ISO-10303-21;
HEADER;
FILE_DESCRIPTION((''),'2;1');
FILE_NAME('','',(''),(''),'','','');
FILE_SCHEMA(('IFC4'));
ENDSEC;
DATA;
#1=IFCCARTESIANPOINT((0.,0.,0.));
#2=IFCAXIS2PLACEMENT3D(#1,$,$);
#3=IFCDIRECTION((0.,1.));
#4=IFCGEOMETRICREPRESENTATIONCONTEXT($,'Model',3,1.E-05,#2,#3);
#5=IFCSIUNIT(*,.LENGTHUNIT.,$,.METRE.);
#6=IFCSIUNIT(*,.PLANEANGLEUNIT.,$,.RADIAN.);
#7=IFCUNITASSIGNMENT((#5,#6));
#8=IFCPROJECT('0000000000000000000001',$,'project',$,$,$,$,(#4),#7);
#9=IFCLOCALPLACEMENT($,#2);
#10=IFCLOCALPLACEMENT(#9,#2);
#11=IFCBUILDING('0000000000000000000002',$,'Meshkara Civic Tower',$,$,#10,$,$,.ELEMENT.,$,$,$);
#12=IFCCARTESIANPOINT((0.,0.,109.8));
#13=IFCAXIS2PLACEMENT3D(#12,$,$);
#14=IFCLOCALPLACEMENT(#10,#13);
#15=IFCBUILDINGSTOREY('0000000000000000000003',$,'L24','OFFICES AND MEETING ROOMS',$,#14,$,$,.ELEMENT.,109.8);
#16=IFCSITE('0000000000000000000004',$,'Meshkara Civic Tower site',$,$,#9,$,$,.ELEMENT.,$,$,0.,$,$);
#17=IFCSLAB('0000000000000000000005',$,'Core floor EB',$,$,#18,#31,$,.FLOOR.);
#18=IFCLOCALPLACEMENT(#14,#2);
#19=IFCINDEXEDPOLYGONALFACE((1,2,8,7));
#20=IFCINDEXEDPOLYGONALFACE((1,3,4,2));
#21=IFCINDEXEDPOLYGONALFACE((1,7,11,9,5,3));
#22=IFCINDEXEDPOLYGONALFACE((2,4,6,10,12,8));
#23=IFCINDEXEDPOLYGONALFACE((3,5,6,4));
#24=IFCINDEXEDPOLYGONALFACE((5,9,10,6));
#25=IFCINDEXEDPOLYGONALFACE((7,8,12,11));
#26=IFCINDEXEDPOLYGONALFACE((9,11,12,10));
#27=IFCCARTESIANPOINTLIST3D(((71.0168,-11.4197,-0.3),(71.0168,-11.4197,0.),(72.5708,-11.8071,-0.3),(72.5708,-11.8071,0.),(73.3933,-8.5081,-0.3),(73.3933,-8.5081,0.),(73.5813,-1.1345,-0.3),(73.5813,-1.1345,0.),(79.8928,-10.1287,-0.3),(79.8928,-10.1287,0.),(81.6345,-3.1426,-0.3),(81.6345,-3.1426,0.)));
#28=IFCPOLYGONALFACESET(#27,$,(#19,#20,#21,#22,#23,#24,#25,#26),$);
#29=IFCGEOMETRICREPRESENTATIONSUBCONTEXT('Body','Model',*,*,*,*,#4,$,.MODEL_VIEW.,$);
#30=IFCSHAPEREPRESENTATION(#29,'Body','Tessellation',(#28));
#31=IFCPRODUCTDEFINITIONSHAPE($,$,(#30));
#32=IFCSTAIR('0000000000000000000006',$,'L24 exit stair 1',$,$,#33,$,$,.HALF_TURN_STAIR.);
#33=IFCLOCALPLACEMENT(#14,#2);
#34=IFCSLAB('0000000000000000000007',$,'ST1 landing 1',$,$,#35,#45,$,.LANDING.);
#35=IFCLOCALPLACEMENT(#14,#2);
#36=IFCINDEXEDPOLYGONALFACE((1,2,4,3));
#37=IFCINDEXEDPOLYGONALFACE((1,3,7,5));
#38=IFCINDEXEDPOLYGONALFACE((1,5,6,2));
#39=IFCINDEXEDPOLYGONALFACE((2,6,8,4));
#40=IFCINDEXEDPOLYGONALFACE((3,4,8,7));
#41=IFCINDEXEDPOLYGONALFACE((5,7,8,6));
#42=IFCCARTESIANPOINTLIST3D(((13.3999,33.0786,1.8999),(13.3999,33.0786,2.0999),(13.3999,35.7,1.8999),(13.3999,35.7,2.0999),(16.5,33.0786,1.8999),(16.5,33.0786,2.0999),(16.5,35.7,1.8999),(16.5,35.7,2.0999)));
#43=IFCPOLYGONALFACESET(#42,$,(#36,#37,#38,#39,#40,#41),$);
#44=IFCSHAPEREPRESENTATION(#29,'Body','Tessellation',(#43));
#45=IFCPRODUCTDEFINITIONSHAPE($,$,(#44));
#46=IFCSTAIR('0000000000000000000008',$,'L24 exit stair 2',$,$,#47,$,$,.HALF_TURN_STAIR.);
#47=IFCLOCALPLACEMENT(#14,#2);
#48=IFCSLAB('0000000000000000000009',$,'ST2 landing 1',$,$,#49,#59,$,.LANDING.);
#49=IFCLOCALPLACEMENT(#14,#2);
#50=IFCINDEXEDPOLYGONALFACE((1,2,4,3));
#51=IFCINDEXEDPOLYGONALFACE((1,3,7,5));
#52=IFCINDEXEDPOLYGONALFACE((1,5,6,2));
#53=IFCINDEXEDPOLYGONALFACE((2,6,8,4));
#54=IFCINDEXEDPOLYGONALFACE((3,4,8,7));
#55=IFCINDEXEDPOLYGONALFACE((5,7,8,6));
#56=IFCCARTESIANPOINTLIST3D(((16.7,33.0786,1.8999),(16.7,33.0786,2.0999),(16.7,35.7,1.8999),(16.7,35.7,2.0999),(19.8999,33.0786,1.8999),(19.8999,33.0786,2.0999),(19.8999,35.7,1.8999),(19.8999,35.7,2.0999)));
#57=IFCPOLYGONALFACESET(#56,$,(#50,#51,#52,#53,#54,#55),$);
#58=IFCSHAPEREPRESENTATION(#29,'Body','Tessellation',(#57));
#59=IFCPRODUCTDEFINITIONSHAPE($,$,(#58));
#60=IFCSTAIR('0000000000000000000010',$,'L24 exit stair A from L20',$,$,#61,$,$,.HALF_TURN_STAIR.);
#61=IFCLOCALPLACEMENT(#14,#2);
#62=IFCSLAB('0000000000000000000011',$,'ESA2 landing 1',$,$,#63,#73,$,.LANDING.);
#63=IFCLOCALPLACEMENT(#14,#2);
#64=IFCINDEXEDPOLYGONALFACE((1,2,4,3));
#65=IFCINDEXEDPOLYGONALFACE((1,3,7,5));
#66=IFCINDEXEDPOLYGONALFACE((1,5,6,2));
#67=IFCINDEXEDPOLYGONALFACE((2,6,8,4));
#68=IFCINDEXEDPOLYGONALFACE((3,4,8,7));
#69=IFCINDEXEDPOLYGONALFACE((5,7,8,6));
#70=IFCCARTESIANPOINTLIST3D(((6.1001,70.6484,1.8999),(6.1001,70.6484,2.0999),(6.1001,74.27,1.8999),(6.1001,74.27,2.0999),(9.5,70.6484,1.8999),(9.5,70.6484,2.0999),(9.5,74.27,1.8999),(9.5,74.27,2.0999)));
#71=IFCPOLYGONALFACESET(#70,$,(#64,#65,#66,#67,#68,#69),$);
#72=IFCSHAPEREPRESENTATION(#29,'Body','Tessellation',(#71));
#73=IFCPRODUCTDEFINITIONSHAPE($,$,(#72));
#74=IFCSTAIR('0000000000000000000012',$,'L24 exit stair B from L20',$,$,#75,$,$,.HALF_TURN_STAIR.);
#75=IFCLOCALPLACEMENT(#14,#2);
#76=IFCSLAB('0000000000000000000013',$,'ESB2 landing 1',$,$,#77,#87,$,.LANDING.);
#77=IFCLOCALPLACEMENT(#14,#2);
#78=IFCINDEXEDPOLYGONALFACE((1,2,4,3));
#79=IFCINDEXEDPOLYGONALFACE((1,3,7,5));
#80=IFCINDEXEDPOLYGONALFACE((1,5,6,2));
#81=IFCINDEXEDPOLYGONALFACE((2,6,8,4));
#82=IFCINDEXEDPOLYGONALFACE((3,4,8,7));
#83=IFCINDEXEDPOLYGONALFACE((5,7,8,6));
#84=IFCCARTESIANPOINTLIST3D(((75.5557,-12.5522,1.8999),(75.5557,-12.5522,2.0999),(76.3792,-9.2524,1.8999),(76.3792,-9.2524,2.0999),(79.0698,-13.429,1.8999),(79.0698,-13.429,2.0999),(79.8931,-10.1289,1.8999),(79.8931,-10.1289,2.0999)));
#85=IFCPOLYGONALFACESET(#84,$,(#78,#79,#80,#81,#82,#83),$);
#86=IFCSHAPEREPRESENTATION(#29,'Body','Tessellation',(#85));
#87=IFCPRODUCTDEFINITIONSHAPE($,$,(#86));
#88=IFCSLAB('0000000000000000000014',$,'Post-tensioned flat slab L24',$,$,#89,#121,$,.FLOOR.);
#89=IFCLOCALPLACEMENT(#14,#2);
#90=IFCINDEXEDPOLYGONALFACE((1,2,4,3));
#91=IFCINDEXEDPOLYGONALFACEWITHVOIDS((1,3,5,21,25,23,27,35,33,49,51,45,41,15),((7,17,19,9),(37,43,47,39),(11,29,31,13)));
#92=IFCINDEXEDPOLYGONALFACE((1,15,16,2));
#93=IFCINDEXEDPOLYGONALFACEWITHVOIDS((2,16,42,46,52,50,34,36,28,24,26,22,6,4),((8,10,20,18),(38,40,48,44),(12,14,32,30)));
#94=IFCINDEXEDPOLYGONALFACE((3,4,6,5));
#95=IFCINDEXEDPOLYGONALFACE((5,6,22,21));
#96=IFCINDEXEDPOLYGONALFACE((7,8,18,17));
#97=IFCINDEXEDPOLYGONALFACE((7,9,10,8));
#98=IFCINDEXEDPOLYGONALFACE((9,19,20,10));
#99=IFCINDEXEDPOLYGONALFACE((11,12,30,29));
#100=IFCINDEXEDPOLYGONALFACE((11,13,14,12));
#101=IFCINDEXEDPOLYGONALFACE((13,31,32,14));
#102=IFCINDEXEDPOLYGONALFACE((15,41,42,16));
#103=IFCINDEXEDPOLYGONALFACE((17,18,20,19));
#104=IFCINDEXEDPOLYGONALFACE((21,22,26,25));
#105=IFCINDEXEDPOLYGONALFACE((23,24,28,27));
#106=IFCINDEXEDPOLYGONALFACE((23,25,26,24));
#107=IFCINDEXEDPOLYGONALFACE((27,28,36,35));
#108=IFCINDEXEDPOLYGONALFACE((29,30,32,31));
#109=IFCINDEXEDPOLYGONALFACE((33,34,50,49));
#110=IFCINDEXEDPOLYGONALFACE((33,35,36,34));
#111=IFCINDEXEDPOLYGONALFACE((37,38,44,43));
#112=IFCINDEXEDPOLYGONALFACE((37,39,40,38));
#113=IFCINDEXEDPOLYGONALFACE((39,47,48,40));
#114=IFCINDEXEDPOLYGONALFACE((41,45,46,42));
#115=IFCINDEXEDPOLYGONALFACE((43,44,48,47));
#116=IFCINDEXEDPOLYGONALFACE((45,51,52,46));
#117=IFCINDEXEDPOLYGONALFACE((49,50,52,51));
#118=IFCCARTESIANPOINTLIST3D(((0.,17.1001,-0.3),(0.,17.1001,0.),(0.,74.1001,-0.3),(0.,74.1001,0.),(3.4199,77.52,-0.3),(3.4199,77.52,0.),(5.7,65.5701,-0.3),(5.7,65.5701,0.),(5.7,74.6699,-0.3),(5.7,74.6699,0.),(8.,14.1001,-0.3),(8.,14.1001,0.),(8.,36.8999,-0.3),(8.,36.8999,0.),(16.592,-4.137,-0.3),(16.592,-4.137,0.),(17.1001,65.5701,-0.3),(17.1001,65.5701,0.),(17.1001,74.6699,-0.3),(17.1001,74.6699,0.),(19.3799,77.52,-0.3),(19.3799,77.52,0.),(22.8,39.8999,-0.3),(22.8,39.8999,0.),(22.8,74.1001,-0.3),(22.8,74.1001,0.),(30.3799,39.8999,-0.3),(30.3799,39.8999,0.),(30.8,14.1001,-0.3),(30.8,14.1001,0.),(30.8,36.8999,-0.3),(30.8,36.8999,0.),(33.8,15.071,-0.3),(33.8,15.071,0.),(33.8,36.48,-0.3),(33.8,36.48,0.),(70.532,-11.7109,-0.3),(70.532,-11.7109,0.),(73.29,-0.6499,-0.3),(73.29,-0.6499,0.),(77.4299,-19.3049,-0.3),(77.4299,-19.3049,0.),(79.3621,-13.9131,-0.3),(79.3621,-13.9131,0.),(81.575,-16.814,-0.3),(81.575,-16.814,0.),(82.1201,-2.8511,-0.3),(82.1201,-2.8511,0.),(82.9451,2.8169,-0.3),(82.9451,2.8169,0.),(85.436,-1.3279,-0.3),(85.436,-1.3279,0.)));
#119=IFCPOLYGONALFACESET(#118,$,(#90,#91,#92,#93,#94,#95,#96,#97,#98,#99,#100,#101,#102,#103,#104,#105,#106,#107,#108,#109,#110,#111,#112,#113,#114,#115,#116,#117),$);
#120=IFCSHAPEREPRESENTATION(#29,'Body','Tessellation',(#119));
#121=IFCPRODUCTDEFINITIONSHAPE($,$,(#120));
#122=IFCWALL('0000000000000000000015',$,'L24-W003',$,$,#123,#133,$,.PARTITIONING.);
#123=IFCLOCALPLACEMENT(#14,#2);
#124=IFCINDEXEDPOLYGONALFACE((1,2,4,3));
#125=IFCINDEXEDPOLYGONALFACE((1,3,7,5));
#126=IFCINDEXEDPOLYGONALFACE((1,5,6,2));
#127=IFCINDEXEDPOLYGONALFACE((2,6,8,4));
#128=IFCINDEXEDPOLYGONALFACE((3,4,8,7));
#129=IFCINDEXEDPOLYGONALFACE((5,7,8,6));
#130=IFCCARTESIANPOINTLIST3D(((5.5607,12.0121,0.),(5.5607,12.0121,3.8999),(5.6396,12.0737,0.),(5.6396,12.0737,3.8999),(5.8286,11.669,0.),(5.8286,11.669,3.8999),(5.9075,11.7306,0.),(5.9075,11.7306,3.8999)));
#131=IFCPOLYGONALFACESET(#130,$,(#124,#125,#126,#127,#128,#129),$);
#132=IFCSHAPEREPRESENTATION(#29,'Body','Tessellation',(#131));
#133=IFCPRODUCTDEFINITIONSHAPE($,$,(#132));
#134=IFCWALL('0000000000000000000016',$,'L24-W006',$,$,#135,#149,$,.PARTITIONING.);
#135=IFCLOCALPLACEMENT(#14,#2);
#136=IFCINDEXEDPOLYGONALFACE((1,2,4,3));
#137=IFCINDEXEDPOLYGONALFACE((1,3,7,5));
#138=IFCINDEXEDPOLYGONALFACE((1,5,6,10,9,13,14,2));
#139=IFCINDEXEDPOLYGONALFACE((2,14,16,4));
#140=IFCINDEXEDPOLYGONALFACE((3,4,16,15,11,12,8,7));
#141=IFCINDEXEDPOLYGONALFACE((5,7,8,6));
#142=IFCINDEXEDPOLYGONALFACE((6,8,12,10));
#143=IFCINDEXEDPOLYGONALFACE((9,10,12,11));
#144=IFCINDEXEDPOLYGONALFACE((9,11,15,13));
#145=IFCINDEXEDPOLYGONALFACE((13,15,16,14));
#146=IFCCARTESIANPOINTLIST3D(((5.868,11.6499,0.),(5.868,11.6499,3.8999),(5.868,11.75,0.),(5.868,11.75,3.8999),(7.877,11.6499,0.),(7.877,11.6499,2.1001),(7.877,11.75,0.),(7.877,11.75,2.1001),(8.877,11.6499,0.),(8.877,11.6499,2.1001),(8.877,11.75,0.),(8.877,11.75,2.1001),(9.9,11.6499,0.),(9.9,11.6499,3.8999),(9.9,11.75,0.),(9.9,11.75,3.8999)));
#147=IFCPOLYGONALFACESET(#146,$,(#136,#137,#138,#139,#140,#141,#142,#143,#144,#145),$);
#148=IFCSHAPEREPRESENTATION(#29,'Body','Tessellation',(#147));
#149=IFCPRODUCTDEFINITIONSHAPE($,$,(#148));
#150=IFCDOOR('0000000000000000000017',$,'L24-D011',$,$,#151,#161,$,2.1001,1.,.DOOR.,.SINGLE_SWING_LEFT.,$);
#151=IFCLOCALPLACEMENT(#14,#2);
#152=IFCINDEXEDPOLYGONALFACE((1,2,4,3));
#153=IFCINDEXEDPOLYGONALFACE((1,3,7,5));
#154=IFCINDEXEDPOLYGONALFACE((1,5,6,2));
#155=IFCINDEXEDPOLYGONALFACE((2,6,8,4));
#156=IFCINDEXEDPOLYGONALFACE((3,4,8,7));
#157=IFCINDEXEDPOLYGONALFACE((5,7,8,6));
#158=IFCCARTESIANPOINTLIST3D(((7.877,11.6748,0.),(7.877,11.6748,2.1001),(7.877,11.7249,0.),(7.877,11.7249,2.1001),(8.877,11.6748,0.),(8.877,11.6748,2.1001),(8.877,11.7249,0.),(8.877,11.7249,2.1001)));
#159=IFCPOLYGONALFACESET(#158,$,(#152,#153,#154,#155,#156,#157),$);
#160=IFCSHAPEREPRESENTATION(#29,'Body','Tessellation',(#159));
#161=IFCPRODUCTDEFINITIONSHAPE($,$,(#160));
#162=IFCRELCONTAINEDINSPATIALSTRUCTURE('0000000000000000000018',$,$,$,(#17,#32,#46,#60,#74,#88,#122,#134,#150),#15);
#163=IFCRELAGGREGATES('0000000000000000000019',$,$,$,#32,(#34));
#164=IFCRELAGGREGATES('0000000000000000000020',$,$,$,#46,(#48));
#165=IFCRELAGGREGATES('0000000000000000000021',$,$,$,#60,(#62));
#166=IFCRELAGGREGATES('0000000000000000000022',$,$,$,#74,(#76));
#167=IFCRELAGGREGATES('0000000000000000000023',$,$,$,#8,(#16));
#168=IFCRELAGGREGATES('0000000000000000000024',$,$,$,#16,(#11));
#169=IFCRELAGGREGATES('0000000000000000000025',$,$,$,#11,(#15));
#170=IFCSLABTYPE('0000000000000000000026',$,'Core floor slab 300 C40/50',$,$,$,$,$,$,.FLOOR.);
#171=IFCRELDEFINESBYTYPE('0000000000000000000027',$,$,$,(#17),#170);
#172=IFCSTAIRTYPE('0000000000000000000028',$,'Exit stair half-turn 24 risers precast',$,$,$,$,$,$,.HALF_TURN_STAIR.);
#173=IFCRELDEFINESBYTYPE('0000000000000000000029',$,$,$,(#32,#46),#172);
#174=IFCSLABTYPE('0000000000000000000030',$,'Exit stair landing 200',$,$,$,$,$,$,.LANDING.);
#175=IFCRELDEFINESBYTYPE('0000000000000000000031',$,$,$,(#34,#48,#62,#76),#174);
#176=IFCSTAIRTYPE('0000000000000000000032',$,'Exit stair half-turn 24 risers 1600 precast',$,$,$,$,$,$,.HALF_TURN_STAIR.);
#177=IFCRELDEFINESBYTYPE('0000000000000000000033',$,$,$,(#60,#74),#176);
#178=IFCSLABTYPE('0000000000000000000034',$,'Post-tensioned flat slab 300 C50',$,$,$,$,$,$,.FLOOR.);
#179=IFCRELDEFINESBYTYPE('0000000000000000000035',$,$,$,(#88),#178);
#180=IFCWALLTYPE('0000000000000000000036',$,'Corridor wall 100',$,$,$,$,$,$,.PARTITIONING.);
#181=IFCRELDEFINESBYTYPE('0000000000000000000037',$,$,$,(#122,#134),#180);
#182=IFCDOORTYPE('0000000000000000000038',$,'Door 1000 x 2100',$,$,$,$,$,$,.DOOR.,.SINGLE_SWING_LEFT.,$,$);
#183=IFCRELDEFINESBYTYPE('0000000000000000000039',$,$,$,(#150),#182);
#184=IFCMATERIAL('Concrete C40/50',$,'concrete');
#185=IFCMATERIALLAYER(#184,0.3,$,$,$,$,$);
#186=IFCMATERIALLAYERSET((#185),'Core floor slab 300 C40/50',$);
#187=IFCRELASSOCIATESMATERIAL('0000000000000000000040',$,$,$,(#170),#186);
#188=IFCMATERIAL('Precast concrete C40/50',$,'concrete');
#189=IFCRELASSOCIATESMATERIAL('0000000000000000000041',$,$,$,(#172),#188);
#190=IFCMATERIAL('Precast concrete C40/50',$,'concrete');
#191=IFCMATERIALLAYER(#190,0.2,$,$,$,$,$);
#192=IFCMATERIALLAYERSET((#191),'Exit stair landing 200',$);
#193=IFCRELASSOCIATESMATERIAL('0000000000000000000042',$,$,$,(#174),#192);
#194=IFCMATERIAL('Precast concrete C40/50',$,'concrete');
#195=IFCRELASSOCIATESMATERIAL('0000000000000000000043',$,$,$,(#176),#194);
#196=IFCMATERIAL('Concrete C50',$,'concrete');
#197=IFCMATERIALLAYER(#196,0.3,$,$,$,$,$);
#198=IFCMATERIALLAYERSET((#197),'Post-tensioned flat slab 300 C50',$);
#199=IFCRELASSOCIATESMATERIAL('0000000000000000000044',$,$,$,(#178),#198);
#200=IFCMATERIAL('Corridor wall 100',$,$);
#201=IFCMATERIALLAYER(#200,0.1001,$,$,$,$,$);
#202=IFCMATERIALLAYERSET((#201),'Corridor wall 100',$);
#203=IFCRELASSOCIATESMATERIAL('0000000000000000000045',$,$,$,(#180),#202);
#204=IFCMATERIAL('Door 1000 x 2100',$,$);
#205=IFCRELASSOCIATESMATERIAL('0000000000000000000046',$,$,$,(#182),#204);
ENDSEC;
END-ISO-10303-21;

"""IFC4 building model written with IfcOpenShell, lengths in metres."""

from ifc_helpers import new_model, si_unit, direction, frame, frame_2d, origin, place, context, subcontext, project, spatial, polyline, rectangle, outline, extrude, material, layer, layer_set, type_object, element, fill, aggregate, save


model = new_model("IFC4")

# Units and contexts
model_context = context("Model", 3, precision=1e-05, world=origin(), true_north=direction((0.0, 1.0)))
body_context = subcontext(model_context, "Body", "Model", "MODEL_VIEW")
ifc_project = project(units=[si_unit("LENGTHUNIT", "METRE"), si_unit("PLANEANGLEUNIT", "RADIAN")], contexts=[model_context])

# Site, building, storey
site_placement = place(None, origin())
site = spatial("IfcSite", under=ifc_project, at=site_placement, Name="Meshkara Civic Tower site", CompositionType="ELEMENT", RefElevation=0.0)
building_placement = place(site_placement, origin())
building = spatial("IfcBuilding", under=site, at=building_placement, Name="Meshkara Civic Tower", CompositionType="ELEMENT")
storey_placement = place(building_placement, frame((0.0, 0.0, 109.8)))
storey = spatial("IfcBuildingStorey", under=building, at=storey_placement, Name="L24", Description="OFFICES AND MEETING ROOMS", CompositionType="ELEMENT", Elevation=109.8)

# Slab
ifc_material_1 = material(Name="Concrete C40/50", Category="concrete")
ifc_layer_1 = layer(ifc_material_1, 0.3)
ifc_layer_set_1 = layer_set([ifc_layer_1], Name="Core floor slab 300 C40/50")
slab_type_1 = type_object("IfcSlabType", Name="Core floor slab 300 C40/50", PredefinedType="FLOOR", material=ifc_layer_set_1)
slab_1_placement = place(storey_placement, frame((0.0, 0.0, -0.3)))
element("IfcSlab", 1, at=slab_1_placement, inside=storey, type_object=slab_type_1, Name="Core floor EB", PredefinedType="FLOOR", context=body_context, shape_type="SweptSolid", body=[
    extrude(outline(polyline([(73.5813, -1.1345), (81.6345, -3.1426), (79.8928, -10.1287), (73.3933, -8.5081), (72.5708, -11.8071), (71.0168, -11.4197), (73.5813, -1.1345)])), origin(), (0.0, 0.0, 1.0), 0.3),
])

# Stairs, slabs
ifc_material_2 = material(Name="Precast concrete C40/50", Category="concrete")
stair_type_1 = type_object("IfcStairType", Name="Exit stair half-turn 24 risers precast", PredefinedType="HALF_TURN_STAIR", material=ifc_material_2)
stair_1_placement = place(storey_placement, origin())
stair_1 = element("IfcStair", 2, at=stair_1_placement, inside=storey, type_object=stair_type_1, Name="L24 exit stair 1", PredefinedType="HALF_TURN_STAIR")
ifc_material_3 = material(Name="Precast concrete C40/50", Category="concrete")
ifc_layer_2 = layer(ifc_material_3, 0.2)
ifc_layer_set_2 = layer_set([ifc_layer_2], Name="Exit stair landing 200")
slab_type_2 = type_object("IfcSlabType", Name="Exit stair landing 200", PredefinedType="LANDING", material=ifc_layer_set_2)
slab_2_placement = place(storey_placement, frame((0.0, 0.0, 1.8999)))
slab_2 = element("IfcSlab", 3, at=slab_2_placement, type_object=slab_type_2, Name="ST1 landing 1", PredefinedType="LANDING", context=body_context, shape_type="SweptSolid", body=[
    extrude(outline(polyline([(16.5, 33.0786), (16.5, 35.7), (13.3999, 35.7), (13.3999, 33.0786), (16.5, 33.0786)])), origin(), (0.0, 0.0, 1.0), 0.2),
])
aggregate(stair_1, [slab_2])
stair_2_placement = place(storey_placement, origin())
stair_2 = element("IfcStair", 4, at=stair_2_placement, inside=storey, type_object=stair_type_1, Name="L24 exit stair 2", PredefinedType="HALF_TURN_STAIR")
slab_3_placement = place(storey_placement, frame((0.0, 0.0, 1.8999)))
slab_3 = element("IfcSlab", 5, at=slab_3_placement, type_object=slab_type_2, Name="ST2 landing 1", PredefinedType="LANDING", context=body_context, shape_type="SweptSolid", body=[
    extrude(outline(polyline([(19.8999, 33.0786), (19.8999, 35.7), (16.7, 35.7), (16.7, 33.0786), (19.8999, 33.0786)])), origin(), (0.0, 0.0, 1.0), 0.2),
])
aggregate(stair_2, [slab_3])
ifc_material_4 = material(Name="Precast concrete C40/50", Category="concrete")
stair_type_2 = type_object("IfcStairType", Name="Exit stair half-turn 24 risers 1600 precast", PredefinedType="HALF_TURN_STAIR", material=ifc_material_4)
stair_3_placement = place(storey_placement, origin())
stair_3 = element("IfcStair", 6, at=stair_3_placement, inside=storey, type_object=stair_type_2, Name="L24 exit stair A from L20", PredefinedType="HALF_TURN_STAIR")
slab_4_placement = place(storey_placement, frame((0.0, 0.0, 1.8999)))
slab_4 = element("IfcSlab", 7, at=slab_4_placement, type_object=slab_type_2, Name="ESA2 landing 1", PredefinedType="LANDING", context=body_context, shape_type="SweptSolid", body=[
    extrude(outline(polyline([(9.5, 70.6484), (9.5, 74.27), (6.1001, 74.27), (6.1001, 70.6484), (9.5, 70.6484)])), origin(), (0.0, 0.0, 1.0), 0.2),
])
aggregate(stair_3, [slab_4])
stair_4_placement = place(storey_placement, origin())
stair_4 = element("IfcStair", 8, at=stair_4_placement, inside=storey, type_object=stair_type_2, Name="L24 exit stair B from L20", PredefinedType="HALF_TURN_STAIR")
slab_5_placement = place(storey_placement, frame((0.0, 0.0, 1.8999)))
slab_5 = element("IfcSlab", 9, at=slab_5_placement, type_object=slab_type_2, Name="ESB2 landing 1", PredefinedType="LANDING", context=body_context, shape_type="SweptSolid", body=[
    extrude(outline(polyline([(75.5557, -12.5522), (79.0698, -13.429), (79.8931, -10.1289), (76.3792, -9.2524), (75.5557, -12.5522)])), origin(), (0.0, 0.0, 1.0), 0.2),
])
aggregate(stair_4, [slab_5])

# Slab
ifc_material_5 = material(Name="Concrete C50", Category="concrete")
ifc_layer_3 = layer(ifc_material_5, 0.3)
ifc_layer_set_3 = layer_set([ifc_layer_3], Name="Post-tensioned flat slab 300 C50")
slab_type_3 = type_object("IfcSlabType", Name="Post-tensioned flat slab 300 C50", PredefinedType="FLOOR", material=ifc_layer_set_3)
slab_6_placement = place(storey_placement, frame((0.0, 0.0, -0.3)))
element("IfcSlab", 10, at=slab_6_placement, inside=storey, type_object=slab_type_3, Name="Post-tensioned flat slab L24", PredefinedType="FLOOR", context=body_context, shape_type="SweptSolid", body=[
    extrude(outline(polyline([(81.575, -16.814), (77.4299, -19.3049), (16.592, -4.137), (0.0, 17.1001), (0.0, 74.1001), (3.4199, 77.52), (19.3799, 77.52), (22.8, 74.1001), (22.8, 39.8999), (30.3799, 39.8999), (33.8, 36.48), (33.8, 15.071), (82.9451, 2.8169), (85.436, -1.3279), (81.575, -16.814)]), holes=[polyline([(79.3621, -13.9131), (82.1201, -2.8511), (73.29, -0.6499), (70.532, -11.7109), (79.3621, -13.9131)]), polyline([(8.0, 14.1001), (30.8, 14.1001), (30.8, 36.8999), (8.0, 36.8999), (8.0, 14.1001)]), polyline([(5.7, 74.6699), (5.7, 65.5701), (17.1001, 65.5701), (17.1001, 74.6699), (5.7, 74.6699)])]), origin(), (0.0, 0.0, 1.0), 0.3),
])

# Wall
ifc_material_6 = material(Name="Corridor wall 100")
ifc_layer_4 = layer(ifc_material_6, 0.1001)
ifc_layer_set_4 = layer_set([ifc_layer_4], Name="Corridor wall 100")
wall_type_1 = type_object("IfcWallType", Name="Corridor wall 100", PredefinedType="PARTITIONING", material=ifc_layer_set_4)
wall_1_placement = place(storey_placement, frame((5.6001, 12.043, 0.0), z_axis=(0.0, 0.0, 1.0), x_axis=(0.615415, -0.788203, 0.0)))
element("IfcWall", 11, at=wall_1_placement, inside=storey, type_object=wall_type_1, Name="L24-W003", PredefinedType="PARTITIONING", context=body_context, shape_type="SweptSolid", body=[
    extrude(rectangle(XDim=0.4353, YDim=0.1001, at=frame_2d((0.2178, 0.0))), origin(), (0.0, 0.0, 1.0), 3.8999),
])

# Wall, opening, door
wall_2_placement = place(storey_placement, frame((5.8679, 11.7, 0.0), z_axis=(0.0, 0.0, 1.0), x_axis=(1.0, 0.0, 0.0)))
wall_2 = element("IfcWall", 12, at=wall_2_placement, inside=storey, type_object=wall_type_1, Name="L24-W006", PredefinedType="PARTITIONING", context=body_context, shape_type="SweptSolid", body=[
    extrude(rectangle(XDim=4.032, YDim=0.1001, at=frame_2d((2.0161, 0.0))), origin(), (0.0, 0.0, 1.0), 3.8999),
])
opening_1_placement = place(wall_2_placement, frame((2.009, 0.0, 0.0)))
opening_1 = element("IfcOpeningElement", 13, at=opening_1_placement, cuts=wall_2, PredefinedType="OPENING", context=body_context, shape_type="SweptSolid", body=[
    extrude(rectangle(XDim=1.0, YDim=2.1001, at=frame_2d((0.5, 1.05))), frame((0.0, 0.0601, 0.0), z_axis=(0.0, -1.0, 0.0), x_axis=(1.0, 0.0, 0.0)), (0.0, 0.0, 1.0), 0.1201),
])
ifc_material_7 = material(Name="Door 1000 x 2100")
door_type_1 = type_object("IfcDoorType", Name="Door 1000 x 2100", OperationType="SINGLE_SWING_LEFT", PredefinedType="DOOR", material=ifc_material_7)
door_1_placement = place(opening_1_placement, origin())
door_1 = element("IfcDoor", 14, at=door_1_placement, inside=storey, type_object=door_type_1, Name="L24-D011", OperationType="SINGLE_SWING_LEFT", OverallHeight=2.1001, OverallWidth=1.0, PredefinedType="DOOR", context=body_context, shape_type="SweptSolid", body=[
    extrude(rectangle(XDim=1.0, YDim=2.1001, at=frame_2d((0.5, 1.05))), frame((0.0, 0.0249, 0.0), z_axis=(0.0, -1.0, 0.0), x_axis=(1.0, 0.0, 0.0)), (0.0, 0.0, 1.0), 0.05),
])
fill(opening_1, door_1)

save(model, "model.ifc")
